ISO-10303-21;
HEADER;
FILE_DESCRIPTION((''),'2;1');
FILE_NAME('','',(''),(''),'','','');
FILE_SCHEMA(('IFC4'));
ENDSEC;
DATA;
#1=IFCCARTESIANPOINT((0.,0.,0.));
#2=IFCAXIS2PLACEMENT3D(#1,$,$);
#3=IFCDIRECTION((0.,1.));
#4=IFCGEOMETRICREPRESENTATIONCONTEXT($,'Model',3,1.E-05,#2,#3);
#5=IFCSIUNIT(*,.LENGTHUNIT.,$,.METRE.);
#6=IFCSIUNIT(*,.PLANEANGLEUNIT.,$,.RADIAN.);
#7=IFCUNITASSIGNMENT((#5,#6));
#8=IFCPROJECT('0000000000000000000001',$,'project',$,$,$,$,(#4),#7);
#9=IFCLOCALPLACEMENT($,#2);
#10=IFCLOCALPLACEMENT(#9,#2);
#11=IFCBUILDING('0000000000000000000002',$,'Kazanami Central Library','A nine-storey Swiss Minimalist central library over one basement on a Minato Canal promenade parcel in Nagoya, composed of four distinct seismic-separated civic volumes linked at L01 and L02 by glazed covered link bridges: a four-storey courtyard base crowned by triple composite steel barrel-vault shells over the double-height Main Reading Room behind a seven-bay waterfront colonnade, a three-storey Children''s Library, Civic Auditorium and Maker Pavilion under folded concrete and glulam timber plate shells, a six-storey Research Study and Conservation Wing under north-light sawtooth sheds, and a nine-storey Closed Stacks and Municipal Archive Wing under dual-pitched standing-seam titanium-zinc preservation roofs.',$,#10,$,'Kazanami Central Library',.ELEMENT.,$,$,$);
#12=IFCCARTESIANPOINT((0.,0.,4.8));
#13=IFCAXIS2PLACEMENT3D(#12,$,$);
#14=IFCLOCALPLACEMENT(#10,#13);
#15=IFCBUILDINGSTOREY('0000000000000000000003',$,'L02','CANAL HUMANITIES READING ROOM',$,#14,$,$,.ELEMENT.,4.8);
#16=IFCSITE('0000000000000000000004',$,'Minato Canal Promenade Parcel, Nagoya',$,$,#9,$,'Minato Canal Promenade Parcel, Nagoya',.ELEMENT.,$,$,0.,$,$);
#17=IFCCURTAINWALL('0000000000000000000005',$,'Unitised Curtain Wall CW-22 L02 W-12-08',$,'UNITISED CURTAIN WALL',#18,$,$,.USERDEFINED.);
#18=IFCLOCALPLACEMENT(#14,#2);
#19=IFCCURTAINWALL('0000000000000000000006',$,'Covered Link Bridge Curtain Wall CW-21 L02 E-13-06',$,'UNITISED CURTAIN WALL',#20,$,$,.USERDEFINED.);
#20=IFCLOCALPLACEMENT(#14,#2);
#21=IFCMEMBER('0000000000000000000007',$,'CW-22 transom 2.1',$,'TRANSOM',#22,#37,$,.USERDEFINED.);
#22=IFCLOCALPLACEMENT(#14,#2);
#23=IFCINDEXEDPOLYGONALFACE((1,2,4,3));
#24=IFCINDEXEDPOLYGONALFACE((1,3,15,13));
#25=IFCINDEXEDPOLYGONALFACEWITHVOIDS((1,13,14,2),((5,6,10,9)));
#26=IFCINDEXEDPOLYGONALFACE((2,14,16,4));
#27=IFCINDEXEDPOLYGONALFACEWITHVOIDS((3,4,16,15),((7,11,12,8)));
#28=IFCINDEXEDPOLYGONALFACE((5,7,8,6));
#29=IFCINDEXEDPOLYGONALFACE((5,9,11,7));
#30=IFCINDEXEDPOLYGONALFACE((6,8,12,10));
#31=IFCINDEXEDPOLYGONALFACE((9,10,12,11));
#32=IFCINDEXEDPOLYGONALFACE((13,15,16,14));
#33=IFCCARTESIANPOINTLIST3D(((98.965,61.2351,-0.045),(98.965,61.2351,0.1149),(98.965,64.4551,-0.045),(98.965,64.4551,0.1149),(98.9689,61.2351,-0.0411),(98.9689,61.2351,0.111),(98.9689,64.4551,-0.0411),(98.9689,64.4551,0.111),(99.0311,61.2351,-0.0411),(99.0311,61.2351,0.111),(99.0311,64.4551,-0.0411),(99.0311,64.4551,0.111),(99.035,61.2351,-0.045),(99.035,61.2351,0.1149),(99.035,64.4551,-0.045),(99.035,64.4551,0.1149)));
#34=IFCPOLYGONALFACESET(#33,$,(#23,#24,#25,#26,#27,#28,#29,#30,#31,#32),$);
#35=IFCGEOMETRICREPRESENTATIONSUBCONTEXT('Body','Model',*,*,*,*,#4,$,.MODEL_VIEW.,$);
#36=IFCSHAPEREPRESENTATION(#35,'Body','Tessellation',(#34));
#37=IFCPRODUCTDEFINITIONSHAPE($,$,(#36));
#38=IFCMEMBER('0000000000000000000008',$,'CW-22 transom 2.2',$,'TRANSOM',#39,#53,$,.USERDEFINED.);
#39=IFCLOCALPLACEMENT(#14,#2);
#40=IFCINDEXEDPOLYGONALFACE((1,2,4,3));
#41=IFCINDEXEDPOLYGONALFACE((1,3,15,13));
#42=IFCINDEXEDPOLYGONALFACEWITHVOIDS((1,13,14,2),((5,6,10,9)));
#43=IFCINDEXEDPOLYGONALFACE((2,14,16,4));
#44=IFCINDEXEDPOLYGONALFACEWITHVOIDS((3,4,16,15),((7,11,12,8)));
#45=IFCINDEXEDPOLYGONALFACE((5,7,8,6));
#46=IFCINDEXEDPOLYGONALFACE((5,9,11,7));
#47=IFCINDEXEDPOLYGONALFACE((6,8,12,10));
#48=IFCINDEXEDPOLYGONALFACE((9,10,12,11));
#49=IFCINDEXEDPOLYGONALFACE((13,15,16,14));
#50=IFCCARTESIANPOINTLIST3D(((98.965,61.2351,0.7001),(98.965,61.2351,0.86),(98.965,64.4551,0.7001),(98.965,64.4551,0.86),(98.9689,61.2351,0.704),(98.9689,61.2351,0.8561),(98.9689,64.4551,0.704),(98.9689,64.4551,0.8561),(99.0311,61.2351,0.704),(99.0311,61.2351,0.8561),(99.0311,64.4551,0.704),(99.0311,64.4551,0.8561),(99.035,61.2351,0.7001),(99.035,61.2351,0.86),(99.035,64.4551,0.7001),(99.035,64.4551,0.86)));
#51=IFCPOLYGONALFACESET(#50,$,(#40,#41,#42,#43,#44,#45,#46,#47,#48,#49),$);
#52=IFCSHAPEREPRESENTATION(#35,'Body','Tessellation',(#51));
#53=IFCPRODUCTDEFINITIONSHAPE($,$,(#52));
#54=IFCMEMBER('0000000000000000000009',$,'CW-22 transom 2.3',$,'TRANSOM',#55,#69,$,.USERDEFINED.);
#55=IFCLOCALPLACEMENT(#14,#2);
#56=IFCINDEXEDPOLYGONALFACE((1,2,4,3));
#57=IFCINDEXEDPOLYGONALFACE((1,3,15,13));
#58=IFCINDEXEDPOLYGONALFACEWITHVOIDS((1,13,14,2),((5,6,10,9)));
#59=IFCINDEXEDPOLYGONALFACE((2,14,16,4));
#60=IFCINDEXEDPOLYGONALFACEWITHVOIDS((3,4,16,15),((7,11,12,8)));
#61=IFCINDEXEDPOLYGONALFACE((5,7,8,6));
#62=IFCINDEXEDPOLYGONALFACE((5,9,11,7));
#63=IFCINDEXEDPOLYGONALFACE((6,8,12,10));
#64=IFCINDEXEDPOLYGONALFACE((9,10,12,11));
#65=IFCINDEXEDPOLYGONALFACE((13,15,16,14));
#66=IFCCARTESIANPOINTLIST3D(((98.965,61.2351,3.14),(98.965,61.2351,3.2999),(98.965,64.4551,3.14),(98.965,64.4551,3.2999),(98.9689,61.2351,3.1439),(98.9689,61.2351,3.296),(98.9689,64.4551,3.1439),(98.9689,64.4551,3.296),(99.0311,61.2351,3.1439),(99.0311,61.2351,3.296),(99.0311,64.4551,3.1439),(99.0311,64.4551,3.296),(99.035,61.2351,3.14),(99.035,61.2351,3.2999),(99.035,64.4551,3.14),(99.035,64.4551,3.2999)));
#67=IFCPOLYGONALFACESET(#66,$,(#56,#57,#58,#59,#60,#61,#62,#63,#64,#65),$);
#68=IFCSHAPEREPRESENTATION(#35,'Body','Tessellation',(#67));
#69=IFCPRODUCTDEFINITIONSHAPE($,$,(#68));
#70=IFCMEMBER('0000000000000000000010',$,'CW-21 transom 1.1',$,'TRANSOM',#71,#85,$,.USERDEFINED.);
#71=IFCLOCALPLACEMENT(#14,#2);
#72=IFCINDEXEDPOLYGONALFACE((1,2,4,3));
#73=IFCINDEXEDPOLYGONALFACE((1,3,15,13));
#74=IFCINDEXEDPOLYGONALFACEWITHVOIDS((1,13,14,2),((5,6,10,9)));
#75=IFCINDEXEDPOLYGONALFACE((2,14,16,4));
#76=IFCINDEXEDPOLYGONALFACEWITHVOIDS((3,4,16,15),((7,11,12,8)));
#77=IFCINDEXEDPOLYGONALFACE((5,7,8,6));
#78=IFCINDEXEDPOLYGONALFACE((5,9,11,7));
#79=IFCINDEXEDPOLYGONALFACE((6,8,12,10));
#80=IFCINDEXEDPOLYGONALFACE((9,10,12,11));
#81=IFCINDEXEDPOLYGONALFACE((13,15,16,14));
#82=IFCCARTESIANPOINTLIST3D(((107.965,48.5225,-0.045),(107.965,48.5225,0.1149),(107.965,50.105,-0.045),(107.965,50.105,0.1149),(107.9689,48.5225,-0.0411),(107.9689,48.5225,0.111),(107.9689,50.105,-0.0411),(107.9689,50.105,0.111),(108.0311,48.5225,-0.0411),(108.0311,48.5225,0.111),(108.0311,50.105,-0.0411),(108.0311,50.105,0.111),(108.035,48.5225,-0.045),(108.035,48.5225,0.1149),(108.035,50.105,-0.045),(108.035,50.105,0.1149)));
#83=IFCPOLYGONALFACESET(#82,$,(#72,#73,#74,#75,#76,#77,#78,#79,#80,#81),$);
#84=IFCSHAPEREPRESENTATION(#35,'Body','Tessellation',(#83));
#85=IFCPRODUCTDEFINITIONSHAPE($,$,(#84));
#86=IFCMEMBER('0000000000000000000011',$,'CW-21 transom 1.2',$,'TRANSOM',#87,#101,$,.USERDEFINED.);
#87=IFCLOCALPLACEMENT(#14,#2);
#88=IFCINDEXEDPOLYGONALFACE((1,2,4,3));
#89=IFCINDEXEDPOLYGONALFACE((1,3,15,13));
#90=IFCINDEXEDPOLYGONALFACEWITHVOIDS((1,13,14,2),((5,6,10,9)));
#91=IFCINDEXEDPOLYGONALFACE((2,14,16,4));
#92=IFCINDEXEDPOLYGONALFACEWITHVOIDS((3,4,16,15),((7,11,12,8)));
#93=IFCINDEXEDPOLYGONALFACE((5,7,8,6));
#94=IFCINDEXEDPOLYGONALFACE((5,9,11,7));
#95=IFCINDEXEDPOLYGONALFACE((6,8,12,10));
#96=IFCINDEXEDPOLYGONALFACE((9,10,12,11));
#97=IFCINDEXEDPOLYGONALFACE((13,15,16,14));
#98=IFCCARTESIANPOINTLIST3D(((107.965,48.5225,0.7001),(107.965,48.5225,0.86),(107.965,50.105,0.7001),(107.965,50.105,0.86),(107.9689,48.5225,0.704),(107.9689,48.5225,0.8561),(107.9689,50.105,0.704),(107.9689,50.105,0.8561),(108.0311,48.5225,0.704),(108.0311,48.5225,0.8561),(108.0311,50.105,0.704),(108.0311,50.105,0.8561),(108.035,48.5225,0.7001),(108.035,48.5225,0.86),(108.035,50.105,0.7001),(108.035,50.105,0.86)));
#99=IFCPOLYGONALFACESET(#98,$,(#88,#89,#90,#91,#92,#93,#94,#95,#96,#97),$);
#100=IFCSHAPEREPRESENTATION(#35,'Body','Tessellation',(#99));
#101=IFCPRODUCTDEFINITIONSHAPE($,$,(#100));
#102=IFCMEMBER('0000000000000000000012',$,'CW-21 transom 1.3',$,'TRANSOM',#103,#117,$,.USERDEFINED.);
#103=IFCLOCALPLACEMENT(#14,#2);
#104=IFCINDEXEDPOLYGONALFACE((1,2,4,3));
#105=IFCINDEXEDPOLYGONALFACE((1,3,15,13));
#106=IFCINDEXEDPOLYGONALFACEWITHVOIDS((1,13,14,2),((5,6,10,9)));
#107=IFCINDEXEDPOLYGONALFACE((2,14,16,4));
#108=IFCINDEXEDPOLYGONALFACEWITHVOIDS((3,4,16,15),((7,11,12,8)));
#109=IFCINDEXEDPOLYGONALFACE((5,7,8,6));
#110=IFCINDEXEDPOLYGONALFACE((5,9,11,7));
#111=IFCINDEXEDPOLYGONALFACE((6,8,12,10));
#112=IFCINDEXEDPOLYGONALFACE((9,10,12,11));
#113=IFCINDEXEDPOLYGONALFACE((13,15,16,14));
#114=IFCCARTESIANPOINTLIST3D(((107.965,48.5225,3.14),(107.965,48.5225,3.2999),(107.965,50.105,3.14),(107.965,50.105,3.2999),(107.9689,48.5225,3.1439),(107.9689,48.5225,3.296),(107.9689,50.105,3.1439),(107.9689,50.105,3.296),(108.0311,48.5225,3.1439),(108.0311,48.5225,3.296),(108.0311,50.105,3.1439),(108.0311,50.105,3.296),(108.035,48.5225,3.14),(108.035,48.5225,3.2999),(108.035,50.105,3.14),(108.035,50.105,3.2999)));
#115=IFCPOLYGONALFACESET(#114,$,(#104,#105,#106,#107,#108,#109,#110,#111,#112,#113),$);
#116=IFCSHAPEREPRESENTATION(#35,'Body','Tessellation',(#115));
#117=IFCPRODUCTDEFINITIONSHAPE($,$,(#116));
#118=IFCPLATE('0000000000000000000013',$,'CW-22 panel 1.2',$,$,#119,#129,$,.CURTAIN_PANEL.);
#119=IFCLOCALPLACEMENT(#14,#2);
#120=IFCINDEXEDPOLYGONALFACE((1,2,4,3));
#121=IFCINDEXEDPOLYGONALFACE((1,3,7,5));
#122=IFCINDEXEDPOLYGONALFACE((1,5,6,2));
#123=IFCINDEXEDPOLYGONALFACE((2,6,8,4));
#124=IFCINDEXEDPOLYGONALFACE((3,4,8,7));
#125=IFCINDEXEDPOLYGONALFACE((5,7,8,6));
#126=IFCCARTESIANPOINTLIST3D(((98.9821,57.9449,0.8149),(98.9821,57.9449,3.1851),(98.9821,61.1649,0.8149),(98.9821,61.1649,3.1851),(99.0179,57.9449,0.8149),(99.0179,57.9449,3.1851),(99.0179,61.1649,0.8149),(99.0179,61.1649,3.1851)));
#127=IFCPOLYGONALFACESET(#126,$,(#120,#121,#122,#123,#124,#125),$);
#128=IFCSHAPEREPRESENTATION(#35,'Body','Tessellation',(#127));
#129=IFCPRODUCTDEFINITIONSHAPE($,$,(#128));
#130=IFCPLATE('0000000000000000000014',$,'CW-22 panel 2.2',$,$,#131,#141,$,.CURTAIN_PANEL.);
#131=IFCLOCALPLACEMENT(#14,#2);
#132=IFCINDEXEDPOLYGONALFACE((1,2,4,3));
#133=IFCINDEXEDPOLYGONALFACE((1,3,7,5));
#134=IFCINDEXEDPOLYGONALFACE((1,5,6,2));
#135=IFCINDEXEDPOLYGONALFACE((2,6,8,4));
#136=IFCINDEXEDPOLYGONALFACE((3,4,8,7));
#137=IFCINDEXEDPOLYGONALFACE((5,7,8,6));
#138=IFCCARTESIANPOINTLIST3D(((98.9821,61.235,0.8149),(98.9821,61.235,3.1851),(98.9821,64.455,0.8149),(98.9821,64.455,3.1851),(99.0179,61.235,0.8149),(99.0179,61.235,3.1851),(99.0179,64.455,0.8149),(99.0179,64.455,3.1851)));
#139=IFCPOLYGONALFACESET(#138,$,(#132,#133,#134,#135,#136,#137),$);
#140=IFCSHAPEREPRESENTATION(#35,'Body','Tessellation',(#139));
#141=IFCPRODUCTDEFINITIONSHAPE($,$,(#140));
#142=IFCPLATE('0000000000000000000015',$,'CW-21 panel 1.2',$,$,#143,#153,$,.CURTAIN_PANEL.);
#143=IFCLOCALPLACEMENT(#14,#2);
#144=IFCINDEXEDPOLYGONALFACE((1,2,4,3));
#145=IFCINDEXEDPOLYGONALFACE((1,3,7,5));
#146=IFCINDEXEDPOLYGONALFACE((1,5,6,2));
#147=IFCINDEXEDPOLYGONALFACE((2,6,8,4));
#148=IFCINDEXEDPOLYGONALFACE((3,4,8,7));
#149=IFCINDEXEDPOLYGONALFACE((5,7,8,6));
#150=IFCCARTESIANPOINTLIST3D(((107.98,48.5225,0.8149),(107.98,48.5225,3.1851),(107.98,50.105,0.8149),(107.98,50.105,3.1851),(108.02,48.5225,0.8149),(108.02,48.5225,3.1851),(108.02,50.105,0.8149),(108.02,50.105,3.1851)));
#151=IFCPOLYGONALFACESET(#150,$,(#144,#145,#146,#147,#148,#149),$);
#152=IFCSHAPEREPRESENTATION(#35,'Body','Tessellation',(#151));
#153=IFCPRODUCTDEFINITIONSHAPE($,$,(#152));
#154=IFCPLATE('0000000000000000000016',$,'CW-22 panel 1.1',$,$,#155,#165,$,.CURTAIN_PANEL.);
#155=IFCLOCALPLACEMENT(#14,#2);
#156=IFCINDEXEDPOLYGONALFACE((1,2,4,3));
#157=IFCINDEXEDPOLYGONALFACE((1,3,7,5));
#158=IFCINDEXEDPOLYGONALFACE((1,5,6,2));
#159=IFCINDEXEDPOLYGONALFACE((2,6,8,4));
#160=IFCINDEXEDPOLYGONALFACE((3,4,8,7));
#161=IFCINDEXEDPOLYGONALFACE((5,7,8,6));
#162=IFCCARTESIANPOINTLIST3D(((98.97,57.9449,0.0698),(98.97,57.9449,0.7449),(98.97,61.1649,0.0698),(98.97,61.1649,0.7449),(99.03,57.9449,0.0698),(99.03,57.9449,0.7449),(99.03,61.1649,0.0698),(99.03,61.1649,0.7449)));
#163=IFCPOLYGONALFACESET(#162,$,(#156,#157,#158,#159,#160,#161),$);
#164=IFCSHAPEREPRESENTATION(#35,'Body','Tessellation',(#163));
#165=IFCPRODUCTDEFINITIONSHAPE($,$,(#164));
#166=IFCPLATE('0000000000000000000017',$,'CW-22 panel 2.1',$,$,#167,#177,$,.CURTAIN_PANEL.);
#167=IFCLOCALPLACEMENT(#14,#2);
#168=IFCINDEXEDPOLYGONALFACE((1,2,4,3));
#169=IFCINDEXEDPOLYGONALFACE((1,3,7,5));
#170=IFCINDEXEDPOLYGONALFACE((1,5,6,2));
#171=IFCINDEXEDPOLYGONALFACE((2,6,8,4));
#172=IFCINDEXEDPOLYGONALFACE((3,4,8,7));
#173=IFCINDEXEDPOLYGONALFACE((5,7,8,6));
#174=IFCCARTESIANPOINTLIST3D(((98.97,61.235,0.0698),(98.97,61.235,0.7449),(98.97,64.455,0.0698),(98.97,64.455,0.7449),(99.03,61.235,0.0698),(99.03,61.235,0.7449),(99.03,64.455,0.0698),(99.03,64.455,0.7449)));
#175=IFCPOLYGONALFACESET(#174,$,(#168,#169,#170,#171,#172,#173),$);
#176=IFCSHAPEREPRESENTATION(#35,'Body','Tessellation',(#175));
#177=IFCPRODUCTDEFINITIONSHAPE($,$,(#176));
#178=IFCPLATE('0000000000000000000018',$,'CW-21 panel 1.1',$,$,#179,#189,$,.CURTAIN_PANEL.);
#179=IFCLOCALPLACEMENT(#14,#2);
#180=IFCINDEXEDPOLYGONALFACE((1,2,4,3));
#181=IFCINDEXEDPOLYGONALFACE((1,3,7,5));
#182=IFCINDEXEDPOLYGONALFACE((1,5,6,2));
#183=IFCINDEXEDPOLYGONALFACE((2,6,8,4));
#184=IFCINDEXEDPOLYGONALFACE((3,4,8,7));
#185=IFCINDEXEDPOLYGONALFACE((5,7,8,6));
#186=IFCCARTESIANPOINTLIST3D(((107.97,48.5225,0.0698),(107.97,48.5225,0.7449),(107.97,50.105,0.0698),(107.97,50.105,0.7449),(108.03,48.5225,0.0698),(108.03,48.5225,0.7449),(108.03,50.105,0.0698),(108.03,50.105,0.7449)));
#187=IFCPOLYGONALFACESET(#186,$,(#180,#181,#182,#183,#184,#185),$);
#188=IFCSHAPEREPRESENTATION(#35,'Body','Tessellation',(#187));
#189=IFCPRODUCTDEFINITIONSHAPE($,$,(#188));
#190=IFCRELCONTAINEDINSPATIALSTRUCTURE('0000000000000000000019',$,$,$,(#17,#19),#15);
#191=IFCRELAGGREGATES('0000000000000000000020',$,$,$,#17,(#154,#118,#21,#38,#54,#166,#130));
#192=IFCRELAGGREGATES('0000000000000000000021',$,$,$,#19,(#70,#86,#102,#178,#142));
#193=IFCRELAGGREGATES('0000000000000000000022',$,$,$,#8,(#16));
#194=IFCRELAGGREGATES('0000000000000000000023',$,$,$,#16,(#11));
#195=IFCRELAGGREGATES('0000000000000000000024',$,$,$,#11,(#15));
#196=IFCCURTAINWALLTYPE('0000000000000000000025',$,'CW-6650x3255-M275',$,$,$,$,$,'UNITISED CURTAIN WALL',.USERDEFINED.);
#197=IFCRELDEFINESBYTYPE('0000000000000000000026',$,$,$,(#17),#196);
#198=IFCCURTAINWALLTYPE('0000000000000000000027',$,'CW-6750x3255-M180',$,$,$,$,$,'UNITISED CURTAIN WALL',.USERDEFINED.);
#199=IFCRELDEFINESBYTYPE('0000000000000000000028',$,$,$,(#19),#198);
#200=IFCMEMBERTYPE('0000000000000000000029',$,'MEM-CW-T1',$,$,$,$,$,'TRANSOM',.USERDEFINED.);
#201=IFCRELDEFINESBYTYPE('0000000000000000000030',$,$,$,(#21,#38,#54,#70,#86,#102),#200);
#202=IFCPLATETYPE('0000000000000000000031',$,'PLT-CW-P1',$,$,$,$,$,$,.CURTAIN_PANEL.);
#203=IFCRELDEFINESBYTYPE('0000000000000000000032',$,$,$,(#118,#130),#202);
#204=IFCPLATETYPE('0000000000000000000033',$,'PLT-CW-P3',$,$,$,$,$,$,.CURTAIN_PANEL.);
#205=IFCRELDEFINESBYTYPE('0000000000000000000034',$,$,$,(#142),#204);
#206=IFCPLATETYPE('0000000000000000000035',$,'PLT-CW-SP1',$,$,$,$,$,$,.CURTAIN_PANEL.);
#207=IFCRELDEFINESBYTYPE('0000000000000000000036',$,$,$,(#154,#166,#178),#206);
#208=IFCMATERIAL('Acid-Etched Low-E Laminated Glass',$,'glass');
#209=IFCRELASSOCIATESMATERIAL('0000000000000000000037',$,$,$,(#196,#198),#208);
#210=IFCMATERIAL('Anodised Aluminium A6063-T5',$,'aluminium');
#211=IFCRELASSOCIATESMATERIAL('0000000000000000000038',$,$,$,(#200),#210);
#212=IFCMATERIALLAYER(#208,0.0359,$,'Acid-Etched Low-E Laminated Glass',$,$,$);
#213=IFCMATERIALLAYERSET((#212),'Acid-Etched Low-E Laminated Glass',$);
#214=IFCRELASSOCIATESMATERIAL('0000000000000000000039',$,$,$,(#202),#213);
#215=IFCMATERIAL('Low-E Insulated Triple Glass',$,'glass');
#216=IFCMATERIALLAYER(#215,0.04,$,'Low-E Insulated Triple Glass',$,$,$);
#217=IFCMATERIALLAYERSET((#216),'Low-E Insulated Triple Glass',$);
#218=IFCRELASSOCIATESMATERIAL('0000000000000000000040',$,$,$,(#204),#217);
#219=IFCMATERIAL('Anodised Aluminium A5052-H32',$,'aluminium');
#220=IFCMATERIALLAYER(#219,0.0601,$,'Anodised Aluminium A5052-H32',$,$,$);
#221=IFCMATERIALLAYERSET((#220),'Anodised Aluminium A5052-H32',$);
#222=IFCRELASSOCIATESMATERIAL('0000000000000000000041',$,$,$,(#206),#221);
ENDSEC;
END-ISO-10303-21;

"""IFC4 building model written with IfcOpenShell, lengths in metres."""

from ifc_helpers import new_model, si_unit, direction, frame, origin, origin_2d, place, context, subcontext, project, spatial, rectangle, hollow_rectangle, extrude, material, layer, layer_set, material_profile, profile_set, type_object, element, aggregate, save


model = new_model("IFC4")

# Units and contexts
model_context = context("Model", 3, precision=1e-05, world=origin(), true_north=direction((0.0, 1.0)))
body_context = subcontext(model_context, "Body", "Model", "MODEL_VIEW")
ifc_project = project(units=[si_unit("LENGTHUNIT", "METRE"), si_unit("PLANEANGLEUNIT", "RADIAN")], contexts=[model_context])

# Site, building, storey
site_placement = place(None, origin())
site = spatial("IfcSite", under=ifc_project, at=site_placement, Name="Minato Canal Promenade Parcel, Nagoya", LongName="Minato Canal Promenade Parcel, Nagoya", CompositionType="ELEMENT", RefElevation=0.0)
building_placement = place(site_placement, origin())
building = spatial("IfcBuilding", under=site, at=building_placement, Name="Kazanami Central Library", Description="A nine-storey Swiss Minimalist central library over one basement on a Minato Canal promenade parcel in Nagoya, composed of four distinct seismic-separated civic volumes linked at L01 and L02 by glazed covered link bridges: a four-storey courtyard base crowned by triple composite steel barrel-vault shells over the double-height Main Reading Room behind a seven-bay waterfront colonnade, a three-storey Children's Library, Civic Auditorium and Maker Pavilion under folded concrete and glulam timber plate shells, a six-storey Research Study and Conservation Wing under north-light sawtooth sheds, and a nine-storey Closed Stacks and Municipal Archive Wing under dual-pitched standing-seam titanium-zinc preservation roofs.", LongName="Kazanami Central Library", CompositionType="ELEMENT")
storey_placement = place(building_placement, frame((0.0, 0.0, 4.8)))
storey = spatial("IfcBuildingStorey", under=building, at=storey_placement, Name="L02", Description="CANAL HUMANITIES READING ROOM", CompositionType="ELEMENT", Elevation=4.8)

# Curtain wall
ifc_material_1 = material(Name="Acid-Etched Low-E Laminated Glass", Category="glass")
curtain_wall_type_1 = type_object("IfcCurtainWallType", Name="CW-6650x3255-M275", ElementType="UNITISED CURTAIN WALL", PredefinedType="USERDEFINED", material=ifc_material_1)
curtain_wall_1_placement = place(storey_placement, origin())
curtain_wall_1 = element("IfcCurtainWall", 1, at=curtain_wall_1_placement, inside=storey, type_object=curtain_wall_type_1, Name="Unitised Curtain Wall CW-22 L02 W-12-08", ObjectType="UNITISED CURTAIN WALL", PredefinedType="USERDEFINED")
ifc_material_2 = material(Name="Anodised Aluminium A6063-T5", Category="aluminium")

# Curtain wall
curtain_wall_type_2 = type_object("IfcCurtainWallType", Name="CW-6750x3255-M180", ElementType="UNITISED CURTAIN WALL", PredefinedType="USERDEFINED", material=ifc_material_1)
curtain_wall_2_placement = place(storey_placement, origin())
curtain_wall_2 = element("IfcCurtainWall", 2, at=curtain_wall_2_placement, inside=storey, type_object=curtain_wall_type_2, Name="Covered Link Bridge Curtain Wall CW-21 L02 E-13-06", ObjectType="UNITISED CURTAIN WALL", PredefinedType="USERDEFINED")

# Members
ifc_material_profile_1 = material_profile(ifc_material_2, hollow_rectangle(XDim=0.0701, YDim=0.1599, WallThickness=0.0039, at=origin_2d()), Name="ALU-TRAN-70x160x4")
ifc_profile_set_1 = profile_set([ifc_material_profile_1], Name="Anodised Aluminium A6063-T5")
member_type_1 = type_object("IfcMemberType", Name="MEM-CW-T1", ElementType="TRANSOM", PredefinedType="USERDEFINED", material=ifc_profile_set_1)
member_1_placement = place(storey_placement, frame((99.0, 61.2351, 0.0349), z_axis=(0.0, 1.0, 0.0), x_axis=(-1.0, 0.0, 0.0)))
member_1 = element("IfcMember", 3, at=member_1_placement, type_object=member_type_1, Name="CW-22 transom 2.1", ObjectType="TRANSOM", PredefinedType="USERDEFINED", context=body_context, shape_type="SweptSolid", body=[
    extrude(hollow_rectangle(XDim=0.0701, YDim=0.1599, WallThickness=0.0039, at=origin_2d()), origin(), (0.0, 0.0, 1.0), 3.22),
])
member_2_placement = place(storey_placement, frame((99.0, 61.2351, 0.78), z_axis=(0.0, 1.0, 0.0), x_axis=(-1.0, 0.0, 0.0)))
member_2 = element("IfcMember", 4, at=member_2_placement, type_object=member_type_1, Name="CW-22 transom 2.2", ObjectType="TRANSOM", PredefinedType="USERDEFINED", context=body_context, shape_type="SweptSolid", body=[
    extrude(hollow_rectangle(XDim=0.0701, YDim=0.1599, WallThickness=0.0039, at=origin_2d()), origin(), (0.0, 0.0, 1.0), 3.22),
])
member_3_placement = place(storey_placement, frame((99.0, 61.2351, 3.22), z_axis=(0.0, 1.0, 0.0), x_axis=(-1.0, 0.0, 0.0)))
member_3 = element("IfcMember", 5, at=member_3_placement, type_object=member_type_1, Name="CW-22 transom 2.3", ObjectType="TRANSOM", PredefinedType="USERDEFINED", context=body_context, shape_type="SweptSolid", body=[
    extrude(hollow_rectangle(XDim=0.0701, YDim=0.1599, WallThickness=0.0039, at=origin_2d()), origin(), (0.0, 0.0, 1.0), 3.22),
])
member_4_placement = place(storey_placement, frame((108.0, 50.105, 0.0349), z_axis=(0.0, -1.0, 0.0), x_axis=(1.0, 0.0, 0.0)))
member_4 = element("IfcMember", 6, at=member_4_placement, type_object=member_type_1, Name="CW-21 transom 1.1", ObjectType="TRANSOM", PredefinedType="USERDEFINED", context=body_context, shape_type="SweptSolid", body=[
    extrude(hollow_rectangle(XDim=0.0701, YDim=0.1599, WallThickness=0.0039, at=origin_2d()), origin(), (0.0, 0.0, 1.0), 1.5825),
])
member_5_placement = place(storey_placement, frame((108.0, 50.105, 0.78), z_axis=(0.0, -1.0, 0.0), x_axis=(1.0, 0.0, 0.0)))
member_5 = element("IfcMember", 7, at=member_5_placement, type_object=member_type_1, Name="CW-21 transom 1.2", ObjectType="TRANSOM", PredefinedType="USERDEFINED", context=body_context, shape_type="SweptSolid", body=[
    extrude(hollow_rectangle(XDim=0.0701, YDim=0.1599, WallThickness=0.0039, at=origin_2d()), origin(), (0.0, 0.0, 1.0), 1.5825),
])
member_6_placement = place(storey_placement, frame((108.0, 50.105, 3.22), z_axis=(0.0, -1.0, 0.0), x_axis=(1.0, 0.0, 0.0)))
member_6 = element("IfcMember", 8, at=member_6_placement, type_object=member_type_1, Name="CW-21 transom 1.3", ObjectType="TRANSOM", PredefinedType="USERDEFINED", context=body_context, shape_type="SweptSolid", body=[
    extrude(hollow_rectangle(XDim=0.0701, YDim=0.1599, WallThickness=0.0039, at=origin_2d()), origin(), (0.0, 0.0, 1.0), 1.5825),
])

# Plates
ifc_layer_1 = layer(ifc_material_1, 0.0359, Name="Acid-Etched Low-E Laminated Glass")
ifc_layer_set_1 = layer_set([ifc_layer_1], Name="Acid-Etched Low-E Laminated Glass")
plate_type_1 = type_object("IfcPlateType", Name="PLT-CW-P1", PredefinedType="CURTAIN_PANEL", material=ifc_layer_set_1)
plate_1_placement = place(storey_placement, frame((99.0, 59.5549, 0.8149), z_axis=(0.0, 0.0, 1.0), x_axis=(0.0, 1.0, 0.0)))
plate_1 = element("IfcPlate", 9, at=plate_1_placement, type_object=plate_type_1, Name="CW-22 panel 1.2", PredefinedType="CURTAIN_PANEL", context=body_context, shape_type="SweptSolid", body=[
    extrude(rectangle(XDim=3.22, YDim=0.0359, at=origin_2d()), origin(), (0.0, 0.0, 1.0), 2.3701),
])
plate_2_placement = place(storey_placement, frame((99.0, 62.845, 0.8149), z_axis=(0.0, 0.0, 1.0), x_axis=(0.0, 1.0, 0.0)))
plate_2 = element("IfcPlate", 10, at=plate_2_placement, type_object=plate_type_1, Name="CW-22 panel 2.2", PredefinedType="CURTAIN_PANEL", context=body_context, shape_type="SweptSolid", body=[
    extrude(rectangle(XDim=3.22, YDim=0.0359, at=origin_2d()), origin(), (0.0, 0.0, 1.0), 2.3701),
])
ifc_material_3 = material(Name="Low-E Insulated Triple Glass", Category="glass")
ifc_layer_2 = layer(ifc_material_3, 0.04, Name="Low-E Insulated Triple Glass")
ifc_layer_set_2 = layer_set([ifc_layer_2], Name="Low-E Insulated Triple Glass")
plate_type_2 = type_object("IfcPlateType", Name="PLT-CW-P3", PredefinedType="CURTAIN_PANEL", material=ifc_layer_set_2)
plate_3_placement = place(storey_placement, frame((108.0, 49.3137, 0.8149), z_axis=(0.0, 0.0, 1.0), x_axis=(0.0, -1.0, 0.0)))
plate_3 = element("IfcPlate", 11, at=plate_3_placement, type_object=plate_type_2, Name="CW-21 panel 1.2", PredefinedType="CURTAIN_PANEL", context=body_context, shape_type="SweptSolid", body=[
    extrude(rectangle(XDim=1.5825, YDim=0.04, at=origin_2d()), origin(), (0.0, 0.0, 1.0), 2.3701),
])
ifc_material_4 = material(Name="Anodised Aluminium A5052-H32", Category="aluminium")
ifc_layer_3 = layer(ifc_material_4, 0.0601, Name="Anodised Aluminium A5052-H32")
ifc_layer_set_3 = layer_set([ifc_layer_3], Name="Anodised Aluminium A5052-H32")
plate_type_3 = type_object("IfcPlateType", Name="PLT-CW-SP1", PredefinedType="CURTAIN_PANEL", material=ifc_layer_set_3)
plate_4_placement = place(storey_placement, frame((99.0, 59.5549, 0.0698), z_axis=(0.0, 0.0, 1.0), x_axis=(0.0, 1.0, 0.0)))
plate_4 = element("IfcPlate", 12, at=plate_4_placement, type_object=plate_type_3, Name="CW-22 panel 1.1", PredefinedType="CURTAIN_PANEL", context=body_context, shape_type="SweptSolid", body=[
    extrude(rectangle(XDim=3.22, YDim=0.0601, at=origin_2d()), origin(), (0.0, 0.0, 1.0), 0.675),
])
plate_5_placement = place(storey_placement, frame((99.0, 62.845, 0.0698), z_axis=(0.0, 0.0, 1.0), x_axis=(0.0, 1.0, 0.0)))
plate_5 = element("IfcPlate", 13, at=plate_5_placement, type_object=plate_type_3, Name="CW-22 panel 2.1", PredefinedType="CURTAIN_PANEL", context=body_context, shape_type="SweptSolid", body=[
    extrude(rectangle(XDim=3.22, YDim=0.0601, at=origin_2d()), origin(), (0.0, 0.0, 1.0), 0.675),
])
aggregate(curtain_wall_1, [plate_4, plate_1, member_1, member_2, member_3, plate_5, plate_2])
plate_6_placement = place(storey_placement, frame((108.0, 49.3137, 0.0698), z_axis=(0.0, 0.0, 1.0), x_axis=(0.0, -1.0, 0.0)))
plate_6 = element("IfcPlate", 14, at=plate_6_placement, type_object=plate_type_3, Name="CW-21 panel 1.1", PredefinedType="CURTAIN_PANEL", context=body_context, shape_type="SweptSolid", body=[
    extrude(rectangle(XDim=1.5825, YDim=0.0601, at=origin_2d()), origin(), (0.0, 0.0, 1.0), 0.675),
])
aggregate(curtain_wall_2, [member_4, member_5, member_6, plate_6, plate_3])

save(model, "model.ifc")
